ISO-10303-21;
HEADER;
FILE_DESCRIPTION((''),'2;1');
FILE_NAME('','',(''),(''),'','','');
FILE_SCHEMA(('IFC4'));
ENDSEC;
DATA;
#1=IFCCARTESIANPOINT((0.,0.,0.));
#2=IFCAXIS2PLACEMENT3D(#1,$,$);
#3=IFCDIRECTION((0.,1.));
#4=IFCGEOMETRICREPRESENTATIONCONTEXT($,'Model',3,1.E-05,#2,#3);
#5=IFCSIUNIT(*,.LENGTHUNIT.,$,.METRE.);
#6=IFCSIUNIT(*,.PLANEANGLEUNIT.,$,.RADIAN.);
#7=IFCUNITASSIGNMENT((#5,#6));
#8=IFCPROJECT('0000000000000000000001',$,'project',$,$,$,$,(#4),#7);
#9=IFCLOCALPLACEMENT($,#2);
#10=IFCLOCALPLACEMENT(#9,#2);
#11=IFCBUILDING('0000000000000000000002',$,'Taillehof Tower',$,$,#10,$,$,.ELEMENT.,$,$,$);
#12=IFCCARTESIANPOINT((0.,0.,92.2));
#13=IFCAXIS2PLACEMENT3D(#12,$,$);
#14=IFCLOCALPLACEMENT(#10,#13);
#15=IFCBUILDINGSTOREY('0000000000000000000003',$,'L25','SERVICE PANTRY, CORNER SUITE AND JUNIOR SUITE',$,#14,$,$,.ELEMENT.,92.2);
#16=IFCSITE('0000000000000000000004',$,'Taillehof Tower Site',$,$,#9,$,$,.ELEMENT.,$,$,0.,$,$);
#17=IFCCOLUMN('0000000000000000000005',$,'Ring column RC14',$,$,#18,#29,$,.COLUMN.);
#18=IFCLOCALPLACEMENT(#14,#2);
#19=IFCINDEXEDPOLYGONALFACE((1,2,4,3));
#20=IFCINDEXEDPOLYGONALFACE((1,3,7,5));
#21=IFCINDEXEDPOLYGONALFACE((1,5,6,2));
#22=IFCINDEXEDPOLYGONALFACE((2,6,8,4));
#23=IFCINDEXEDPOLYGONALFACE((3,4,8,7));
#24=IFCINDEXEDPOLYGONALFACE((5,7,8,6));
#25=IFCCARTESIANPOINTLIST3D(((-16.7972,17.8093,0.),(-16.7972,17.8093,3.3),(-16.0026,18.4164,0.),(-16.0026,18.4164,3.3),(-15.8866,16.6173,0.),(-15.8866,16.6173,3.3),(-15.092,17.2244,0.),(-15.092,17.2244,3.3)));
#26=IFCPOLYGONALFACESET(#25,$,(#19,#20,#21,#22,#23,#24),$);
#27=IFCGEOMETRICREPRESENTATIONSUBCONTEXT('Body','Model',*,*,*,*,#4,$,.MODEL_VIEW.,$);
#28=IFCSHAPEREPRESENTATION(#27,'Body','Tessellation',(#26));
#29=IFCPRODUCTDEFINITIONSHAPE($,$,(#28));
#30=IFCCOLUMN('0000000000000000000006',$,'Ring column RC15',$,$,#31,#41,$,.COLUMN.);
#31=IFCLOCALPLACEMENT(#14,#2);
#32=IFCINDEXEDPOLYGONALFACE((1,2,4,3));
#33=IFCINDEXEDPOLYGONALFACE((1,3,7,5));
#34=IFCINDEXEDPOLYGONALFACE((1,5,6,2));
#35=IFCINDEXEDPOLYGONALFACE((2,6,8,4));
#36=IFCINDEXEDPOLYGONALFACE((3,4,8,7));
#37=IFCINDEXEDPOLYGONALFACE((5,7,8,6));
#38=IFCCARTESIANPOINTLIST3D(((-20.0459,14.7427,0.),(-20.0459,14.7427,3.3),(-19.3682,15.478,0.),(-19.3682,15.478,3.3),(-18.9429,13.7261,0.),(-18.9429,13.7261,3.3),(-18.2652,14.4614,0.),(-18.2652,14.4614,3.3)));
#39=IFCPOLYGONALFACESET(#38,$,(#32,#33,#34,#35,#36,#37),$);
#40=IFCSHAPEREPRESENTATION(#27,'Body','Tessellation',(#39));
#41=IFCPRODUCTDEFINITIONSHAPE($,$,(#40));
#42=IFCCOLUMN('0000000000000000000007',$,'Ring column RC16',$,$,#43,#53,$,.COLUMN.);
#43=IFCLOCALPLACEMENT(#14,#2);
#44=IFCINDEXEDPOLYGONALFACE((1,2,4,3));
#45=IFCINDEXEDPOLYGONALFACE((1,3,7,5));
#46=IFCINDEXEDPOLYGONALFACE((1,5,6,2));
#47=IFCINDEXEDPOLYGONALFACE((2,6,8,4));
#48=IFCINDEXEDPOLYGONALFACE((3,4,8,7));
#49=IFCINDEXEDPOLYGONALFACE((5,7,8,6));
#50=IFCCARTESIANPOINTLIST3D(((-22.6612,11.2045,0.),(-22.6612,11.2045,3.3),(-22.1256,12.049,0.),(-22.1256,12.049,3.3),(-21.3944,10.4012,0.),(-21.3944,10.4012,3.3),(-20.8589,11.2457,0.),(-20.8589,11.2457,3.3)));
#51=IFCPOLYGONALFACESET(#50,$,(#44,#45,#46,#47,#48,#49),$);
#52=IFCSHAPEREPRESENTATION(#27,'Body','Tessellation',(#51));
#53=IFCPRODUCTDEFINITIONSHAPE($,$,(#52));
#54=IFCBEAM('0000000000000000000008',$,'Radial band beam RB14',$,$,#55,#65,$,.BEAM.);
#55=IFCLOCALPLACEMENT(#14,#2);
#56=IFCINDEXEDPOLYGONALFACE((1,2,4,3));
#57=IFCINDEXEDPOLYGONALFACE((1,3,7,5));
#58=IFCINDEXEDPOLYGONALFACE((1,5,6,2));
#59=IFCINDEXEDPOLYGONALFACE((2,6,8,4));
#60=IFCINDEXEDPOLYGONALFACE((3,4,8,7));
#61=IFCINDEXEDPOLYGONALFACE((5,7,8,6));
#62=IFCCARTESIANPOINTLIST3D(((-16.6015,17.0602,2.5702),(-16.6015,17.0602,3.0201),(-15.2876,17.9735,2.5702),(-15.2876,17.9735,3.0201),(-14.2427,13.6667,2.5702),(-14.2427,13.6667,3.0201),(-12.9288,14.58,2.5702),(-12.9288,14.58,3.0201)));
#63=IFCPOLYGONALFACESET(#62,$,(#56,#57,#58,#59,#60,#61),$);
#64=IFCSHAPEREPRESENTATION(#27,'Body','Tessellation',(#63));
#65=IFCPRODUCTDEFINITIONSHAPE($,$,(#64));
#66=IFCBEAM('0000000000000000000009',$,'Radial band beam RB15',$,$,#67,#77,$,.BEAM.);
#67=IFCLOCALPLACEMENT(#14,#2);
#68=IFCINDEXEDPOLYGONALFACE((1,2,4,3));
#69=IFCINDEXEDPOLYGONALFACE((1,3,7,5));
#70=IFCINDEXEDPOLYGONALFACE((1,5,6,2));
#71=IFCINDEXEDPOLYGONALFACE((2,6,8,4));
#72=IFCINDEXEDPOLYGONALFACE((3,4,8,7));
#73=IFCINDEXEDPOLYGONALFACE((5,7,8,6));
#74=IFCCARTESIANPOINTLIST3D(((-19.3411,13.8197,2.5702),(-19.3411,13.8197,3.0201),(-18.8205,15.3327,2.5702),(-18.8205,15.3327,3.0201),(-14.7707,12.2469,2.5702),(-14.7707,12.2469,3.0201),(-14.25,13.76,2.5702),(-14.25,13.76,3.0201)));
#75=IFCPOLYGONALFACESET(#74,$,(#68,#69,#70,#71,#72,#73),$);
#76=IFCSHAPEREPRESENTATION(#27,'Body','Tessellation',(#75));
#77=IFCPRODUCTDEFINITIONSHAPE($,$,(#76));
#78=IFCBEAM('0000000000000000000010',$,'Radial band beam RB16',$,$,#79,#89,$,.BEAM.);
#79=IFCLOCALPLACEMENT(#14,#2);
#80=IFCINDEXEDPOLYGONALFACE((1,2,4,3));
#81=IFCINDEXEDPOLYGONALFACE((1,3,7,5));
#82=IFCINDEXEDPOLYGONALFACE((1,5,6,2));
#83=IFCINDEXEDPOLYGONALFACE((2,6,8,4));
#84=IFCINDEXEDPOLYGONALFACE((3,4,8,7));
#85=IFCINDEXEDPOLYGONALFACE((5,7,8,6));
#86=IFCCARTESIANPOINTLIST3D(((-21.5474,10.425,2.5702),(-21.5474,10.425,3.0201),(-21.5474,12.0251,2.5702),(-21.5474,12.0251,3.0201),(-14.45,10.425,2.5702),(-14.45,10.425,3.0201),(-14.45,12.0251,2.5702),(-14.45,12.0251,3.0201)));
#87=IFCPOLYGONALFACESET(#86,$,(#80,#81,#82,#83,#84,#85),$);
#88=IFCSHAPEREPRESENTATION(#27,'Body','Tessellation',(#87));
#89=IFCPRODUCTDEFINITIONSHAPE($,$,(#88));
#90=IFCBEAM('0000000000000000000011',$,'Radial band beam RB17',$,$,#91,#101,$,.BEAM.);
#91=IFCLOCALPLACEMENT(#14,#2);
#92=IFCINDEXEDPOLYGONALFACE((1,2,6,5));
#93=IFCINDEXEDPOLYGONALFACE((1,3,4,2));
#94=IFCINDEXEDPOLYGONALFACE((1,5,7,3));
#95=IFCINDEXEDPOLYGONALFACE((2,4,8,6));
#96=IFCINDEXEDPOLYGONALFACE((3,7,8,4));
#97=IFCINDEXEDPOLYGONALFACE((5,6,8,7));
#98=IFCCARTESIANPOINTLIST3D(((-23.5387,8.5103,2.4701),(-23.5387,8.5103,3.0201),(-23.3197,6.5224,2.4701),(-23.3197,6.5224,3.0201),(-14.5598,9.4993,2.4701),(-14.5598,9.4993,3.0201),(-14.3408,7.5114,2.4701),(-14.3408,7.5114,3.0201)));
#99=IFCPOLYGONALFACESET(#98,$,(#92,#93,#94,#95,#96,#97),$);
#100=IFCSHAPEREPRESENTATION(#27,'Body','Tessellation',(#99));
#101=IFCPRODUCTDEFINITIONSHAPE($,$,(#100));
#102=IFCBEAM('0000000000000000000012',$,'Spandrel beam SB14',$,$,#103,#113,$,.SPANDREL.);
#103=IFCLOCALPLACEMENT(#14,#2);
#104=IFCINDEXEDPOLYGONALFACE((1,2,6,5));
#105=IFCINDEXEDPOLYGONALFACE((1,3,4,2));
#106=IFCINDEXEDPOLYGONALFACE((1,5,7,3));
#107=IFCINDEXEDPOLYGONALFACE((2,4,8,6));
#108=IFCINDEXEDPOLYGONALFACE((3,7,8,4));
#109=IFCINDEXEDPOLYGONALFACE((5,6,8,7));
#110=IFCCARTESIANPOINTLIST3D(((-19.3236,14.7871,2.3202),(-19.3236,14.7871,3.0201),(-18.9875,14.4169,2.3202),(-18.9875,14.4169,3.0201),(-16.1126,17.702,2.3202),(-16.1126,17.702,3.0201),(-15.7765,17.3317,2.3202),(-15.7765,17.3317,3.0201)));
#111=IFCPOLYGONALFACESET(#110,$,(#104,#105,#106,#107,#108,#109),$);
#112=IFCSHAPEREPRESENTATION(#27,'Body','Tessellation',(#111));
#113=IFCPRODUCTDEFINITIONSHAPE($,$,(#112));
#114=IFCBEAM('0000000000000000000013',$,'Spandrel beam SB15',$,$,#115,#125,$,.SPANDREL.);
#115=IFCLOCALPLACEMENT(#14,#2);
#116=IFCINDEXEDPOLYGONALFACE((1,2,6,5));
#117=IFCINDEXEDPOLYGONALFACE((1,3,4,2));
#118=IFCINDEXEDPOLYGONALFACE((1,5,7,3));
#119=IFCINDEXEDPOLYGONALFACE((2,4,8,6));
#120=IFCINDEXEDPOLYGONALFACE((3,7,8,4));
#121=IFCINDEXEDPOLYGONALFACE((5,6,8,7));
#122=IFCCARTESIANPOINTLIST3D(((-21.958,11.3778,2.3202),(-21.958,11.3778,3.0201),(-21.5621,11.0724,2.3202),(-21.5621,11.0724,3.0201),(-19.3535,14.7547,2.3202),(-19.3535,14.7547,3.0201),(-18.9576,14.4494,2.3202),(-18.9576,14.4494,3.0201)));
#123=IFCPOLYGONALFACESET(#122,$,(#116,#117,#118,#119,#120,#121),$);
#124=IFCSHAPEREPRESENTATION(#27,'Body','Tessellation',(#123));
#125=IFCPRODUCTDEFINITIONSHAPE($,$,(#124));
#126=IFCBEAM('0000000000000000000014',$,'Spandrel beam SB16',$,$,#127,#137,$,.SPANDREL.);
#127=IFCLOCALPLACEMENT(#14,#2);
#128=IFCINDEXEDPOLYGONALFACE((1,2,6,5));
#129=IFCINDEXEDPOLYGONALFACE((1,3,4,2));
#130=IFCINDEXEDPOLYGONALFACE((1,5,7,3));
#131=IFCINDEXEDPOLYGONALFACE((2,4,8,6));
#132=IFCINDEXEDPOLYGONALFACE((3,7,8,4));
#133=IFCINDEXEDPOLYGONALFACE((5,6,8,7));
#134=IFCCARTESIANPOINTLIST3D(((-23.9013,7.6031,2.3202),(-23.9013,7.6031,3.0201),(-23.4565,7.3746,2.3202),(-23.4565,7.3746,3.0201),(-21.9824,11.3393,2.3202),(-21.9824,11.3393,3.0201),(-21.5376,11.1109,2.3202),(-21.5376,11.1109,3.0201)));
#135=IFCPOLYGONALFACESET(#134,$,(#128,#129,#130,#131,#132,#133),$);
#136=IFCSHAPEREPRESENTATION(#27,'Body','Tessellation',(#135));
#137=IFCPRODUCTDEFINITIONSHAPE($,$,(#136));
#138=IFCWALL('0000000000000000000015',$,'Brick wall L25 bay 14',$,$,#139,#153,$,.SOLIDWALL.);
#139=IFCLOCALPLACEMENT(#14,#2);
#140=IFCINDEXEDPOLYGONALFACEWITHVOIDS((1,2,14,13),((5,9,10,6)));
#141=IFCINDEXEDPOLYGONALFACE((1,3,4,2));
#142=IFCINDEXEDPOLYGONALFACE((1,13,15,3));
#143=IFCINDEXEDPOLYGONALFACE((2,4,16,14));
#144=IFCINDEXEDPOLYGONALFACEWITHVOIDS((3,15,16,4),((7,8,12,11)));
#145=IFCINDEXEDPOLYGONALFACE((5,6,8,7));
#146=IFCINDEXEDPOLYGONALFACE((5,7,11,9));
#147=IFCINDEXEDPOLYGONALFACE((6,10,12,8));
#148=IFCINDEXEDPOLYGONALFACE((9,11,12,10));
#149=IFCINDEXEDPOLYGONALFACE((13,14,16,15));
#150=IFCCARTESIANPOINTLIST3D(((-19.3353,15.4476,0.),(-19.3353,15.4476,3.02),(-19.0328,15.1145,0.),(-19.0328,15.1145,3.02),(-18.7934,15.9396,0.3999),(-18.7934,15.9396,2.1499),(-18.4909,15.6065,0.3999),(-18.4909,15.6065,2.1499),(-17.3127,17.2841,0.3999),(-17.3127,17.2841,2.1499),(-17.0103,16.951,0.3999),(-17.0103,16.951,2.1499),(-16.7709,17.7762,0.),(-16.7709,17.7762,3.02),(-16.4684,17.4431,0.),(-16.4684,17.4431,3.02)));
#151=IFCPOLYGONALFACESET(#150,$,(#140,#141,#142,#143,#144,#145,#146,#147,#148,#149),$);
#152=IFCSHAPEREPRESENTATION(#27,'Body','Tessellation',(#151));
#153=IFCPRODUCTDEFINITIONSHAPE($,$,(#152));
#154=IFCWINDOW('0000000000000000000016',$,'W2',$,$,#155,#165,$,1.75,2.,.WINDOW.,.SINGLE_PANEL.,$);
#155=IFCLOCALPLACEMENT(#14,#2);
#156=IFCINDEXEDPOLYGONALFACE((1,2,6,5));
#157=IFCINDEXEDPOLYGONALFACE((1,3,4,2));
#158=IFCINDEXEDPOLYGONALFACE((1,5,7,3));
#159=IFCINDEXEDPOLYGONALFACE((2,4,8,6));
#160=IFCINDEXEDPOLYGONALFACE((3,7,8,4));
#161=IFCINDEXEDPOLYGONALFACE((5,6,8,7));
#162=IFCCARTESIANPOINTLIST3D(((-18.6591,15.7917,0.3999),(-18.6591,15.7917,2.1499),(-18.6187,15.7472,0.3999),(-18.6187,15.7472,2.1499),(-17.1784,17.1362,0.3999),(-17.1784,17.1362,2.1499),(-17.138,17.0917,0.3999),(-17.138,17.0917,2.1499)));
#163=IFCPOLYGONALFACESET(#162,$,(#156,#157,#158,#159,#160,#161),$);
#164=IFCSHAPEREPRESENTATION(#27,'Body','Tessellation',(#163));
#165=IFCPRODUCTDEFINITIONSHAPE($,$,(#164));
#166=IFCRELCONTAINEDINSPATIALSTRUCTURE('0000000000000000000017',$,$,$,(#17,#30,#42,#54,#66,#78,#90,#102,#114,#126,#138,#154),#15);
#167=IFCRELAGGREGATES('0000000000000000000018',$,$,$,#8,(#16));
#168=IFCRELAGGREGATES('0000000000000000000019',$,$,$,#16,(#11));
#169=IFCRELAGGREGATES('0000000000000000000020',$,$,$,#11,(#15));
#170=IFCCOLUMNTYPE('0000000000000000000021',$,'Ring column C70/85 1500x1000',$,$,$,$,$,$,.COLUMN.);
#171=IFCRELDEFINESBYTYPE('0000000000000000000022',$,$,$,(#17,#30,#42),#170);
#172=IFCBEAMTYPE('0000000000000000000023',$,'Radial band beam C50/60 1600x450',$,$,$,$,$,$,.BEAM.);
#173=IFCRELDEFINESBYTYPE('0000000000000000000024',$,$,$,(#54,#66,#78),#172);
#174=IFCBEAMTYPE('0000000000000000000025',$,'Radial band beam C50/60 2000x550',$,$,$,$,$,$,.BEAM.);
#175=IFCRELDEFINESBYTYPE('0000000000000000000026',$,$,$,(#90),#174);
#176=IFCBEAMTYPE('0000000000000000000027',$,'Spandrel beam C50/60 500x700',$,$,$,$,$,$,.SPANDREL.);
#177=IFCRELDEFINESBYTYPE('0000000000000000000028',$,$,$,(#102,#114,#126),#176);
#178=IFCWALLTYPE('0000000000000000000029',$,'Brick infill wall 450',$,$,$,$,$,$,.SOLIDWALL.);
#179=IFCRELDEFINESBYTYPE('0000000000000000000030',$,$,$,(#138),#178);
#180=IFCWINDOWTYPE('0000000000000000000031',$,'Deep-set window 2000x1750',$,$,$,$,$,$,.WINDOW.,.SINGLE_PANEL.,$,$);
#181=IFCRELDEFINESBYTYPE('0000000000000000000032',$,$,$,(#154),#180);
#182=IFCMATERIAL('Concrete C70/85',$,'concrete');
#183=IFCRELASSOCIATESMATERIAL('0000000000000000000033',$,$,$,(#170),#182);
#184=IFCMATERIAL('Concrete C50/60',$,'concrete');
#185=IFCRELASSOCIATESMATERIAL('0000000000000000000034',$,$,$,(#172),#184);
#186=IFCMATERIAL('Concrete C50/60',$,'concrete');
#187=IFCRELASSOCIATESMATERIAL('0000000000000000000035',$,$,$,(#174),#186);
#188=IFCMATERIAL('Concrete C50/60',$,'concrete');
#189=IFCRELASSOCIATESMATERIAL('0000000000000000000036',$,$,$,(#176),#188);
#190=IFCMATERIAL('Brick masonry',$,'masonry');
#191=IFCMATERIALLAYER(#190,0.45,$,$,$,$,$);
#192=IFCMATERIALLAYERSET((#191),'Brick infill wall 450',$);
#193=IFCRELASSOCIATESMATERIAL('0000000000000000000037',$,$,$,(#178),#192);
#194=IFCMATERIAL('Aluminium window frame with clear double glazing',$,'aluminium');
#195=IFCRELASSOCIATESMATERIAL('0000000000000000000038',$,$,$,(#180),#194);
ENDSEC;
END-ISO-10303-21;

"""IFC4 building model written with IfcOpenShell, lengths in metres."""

from ifc_helpers import new_model, si_unit, direction, frame, frame_2d, origin, origin_2d, place, context, subcontext, project, spatial, rectangle, extrude, material, layer, layer_set, material_profile, profile_set, type_object, element, fill, save


model = new_model("IFC4")

# Units and contexts
model_context = context("Model", 3, precision=1e-05, world=origin(), true_north=direction((0.0, 1.0)))
body_context = subcontext(model_context, "Body", "Model", "MODEL_VIEW")
ifc_project = project(units=[si_unit("LENGTHUNIT", "METRE"), si_unit("PLANEANGLEUNIT", "RADIAN")], contexts=[model_context])

# Site, building, storey
site_placement = place(None, origin())
site = spatial("IfcSite", under=ifc_project, at=site_placement, Name="Taillehof Tower Site", CompositionType="ELEMENT", RefElevation=0.0)
building_placement = place(site_placement, origin())
building = spatial("IfcBuilding", under=site, at=building_placement, Name="Taillehof Tower", CompositionType="ELEMENT")
storey_placement = place(building_placement, frame((0.0, 0.0, 92.2)))
storey = spatial("IfcBuildingStorey", under=building, at=storey_placement, Name="L25", Description="SERVICE PANTRY, CORNER SUITE AND JUNIOR SUITE", CompositionType="ELEMENT", Elevation=92.2)

# Columns
ifc_material_1 = material(Name="Concrete C70/85", Category="concrete")
ifc_material_profile_1 = material_profile(ifc_material_1, rectangle(XDim=1.5, YDim=1.0, at=origin_2d()), Name="RC 1500x1000")
ifc_profile_set_1 = profile_set([ifc_material_profile_1], Name="Concrete C70/85")
column_type = type_object("IfcColumnType", Name="Ring column C70/85 1500x1000", PredefinedType="COLUMN", material=ifc_profile_set_1)
for number, where, z_axis, x_axis, name in (
    (1, (-15.9446, 17.5168, 0.0), (0.0, 0.0, 1.0), (-0.607074, 0.794645, 0.0), "Ring column RC14"),
    (2, (-19.1555, 14.6021, 0.0), (0.0, 0.0, 1.0), (-0.735332, 0.677707, 0.0), "Ring column RC15"),
    (3, (-21.76, 11.2251, 0.0), (0.0, 0.0, 1.0), (-0.844511, 0.535537, 0.0), "Ring column RC16"),
):
    element("IfcColumn", number, at=place(storey_placement, frame(where, z_axis=z_axis, x_axis=x_axis)), inside=storey, type_object=column_type, Name=name, PredefinedType="COLUMN", context=body_context, shape_type="SweptSolid", body=[
        extrude(rectangle(XDim=1.5, YDim=1.0, at=origin_2d()), origin(), (0.0, 0.0, 1.0), 3.3),
    ])

# Beams
ifc_material_2 = material(Name="Concrete C50/60", Category="concrete")
ifc_material_profile_2 = material_profile(ifc_material_2, rectangle(XDim=1.6001, YDim=0.45, at=origin_2d()), Name="RC 1600x450")
ifc_profile_set_2 = profile_set([ifc_material_profile_2], Name="Concrete C50/60")
beam_type_1 = type_object("IfcBeamType", Name="Radial band beam C50/60 1600x450", PredefinedType="BEAM", material=ifc_profile_set_2)
beam_1_placement = place(storey_placement, frame((-15.9446, 17.5168, 2.7952), z_axis=(0.570763, -0.821115, 0.0), x_axis=(0.821115, 0.570763, 0.0)))
element("IfcBeam", 4, at=beam_1_placement, inside=storey, type_object=beam_type_1, Name="Radial band beam RB14", PredefinedType="BEAM", context=body_context, shape_type="SweptSolid", body=[
    extrude(rectangle(XDim=1.6001, YDim=0.45, at=origin_2d()), origin(), (0.0, 0.0, 1.0), 4.1328),
])
beam_2_placement = place(storey_placement, frame((-19.0808, 14.5762, 2.7952), z_axis=(0.945583, -0.32538, 0.0), x_axis=(0.32538, 0.945583, 0.0)))
element("IfcBeam", 5, at=beam_2_placement, inside=storey, type_object=beam_type_1, Name="Radial band beam RB15", PredefinedType="BEAM", context=body_context, shape_type="SweptSolid", body=[
    extrude(rectangle(XDim=1.6001, YDim=0.45, at=origin_2d()), origin(), (0.0, 0.0, 1.0), 4.8335),
])
beam_3_placement = place(storey_placement, frame((-21.5474, 11.2251, 2.7952), z_axis=(1.0, 0.0, 0.0), x_axis=(0.0, 1.0, 0.0)))
element("IfcBeam", 6, at=beam_3_placement, inside=storey, type_object=beam_type_1, Name="Radial band beam RB16", PredefinedType="BEAM", context=body_context, shape_type="SweptSolid", body=[
    extrude(rectangle(XDim=1.6001, YDim=0.45, at=origin_2d()), origin(), (0.0, 0.0, 1.0), 7.0974),
])
ifc_material_3 = material(Name="Concrete C50/60", Category="concrete")
ifc_material_profile_3 = material_profile(ifc_material_3, rectangle(XDim=2.0, YDim=0.55, at=origin_2d()), Name="RC 2000x550")
ifc_profile_set_3 = profile_set([ifc_material_profile_3], Name="Concrete C50/60")
beam_type_2 = type_object("IfcBeamType", Name="Radial band beam C50/60 2000x550", PredefinedType="BEAM", material=ifc_profile_set_3)
beam_4_placement = place(storey_placement, frame((-23.4292, 7.5164, 2.7451), z_axis=(0.993988, 0.109485, 0.0), x_axis=(-0.109485, 0.993988, 0.0)))
element("IfcBeam", 7, at=beam_4_placement, inside=storey, type_object=beam_type_2, Name="Radial band beam RB17", PredefinedType="BEAM", context=body_context, shape_type="SweptSolid", body=[
    extrude(rectangle(XDim=2.0, YDim=0.55, at=origin_2d()), origin(), (0.0, 0.0, 1.0), 9.0332),
])
ifc_material_4 = material(Name="Concrete C50/60", Category="concrete")
ifc_material_profile_4 = material_profile(ifc_material_4, rectangle(XDim=0.5, YDim=0.7, at=origin_2d()), Name="RC 500x700")
ifc_profile_set_4 = profile_set([ifc_material_profile_4], Name="Concrete C50/60")
beam_type_3 = type_object("IfcBeamType", Name="Spandrel beam C50/60 500x700", PredefinedType="SPANDREL", material=ifc_profile_set_4)
beam_5_placement = place(storey_placement, frame((-15.9446, 17.5168, 2.6702), z_axis=(-0.740426, -0.672137, 0.0), x_axis=(0.672137, -0.740426, 0.0)))
element("IfcBeam", 8, at=beam_5_placement, inside=storey, type_object=beam_type_3, Name="Spandrel beam SB14", PredefinedType="SPANDREL", context=body_context, shape_type="SweptSolid", body=[
    extrude(rectangle(XDim=0.5, YDim=0.7, at=origin_2d()), origin(), (0.0, 0.0, 1.0), 4.3367),
])
beam_6_placement = place(storey_placement, frame((-19.1555, 14.6021, 2.6702), z_axis=(-0.610717, -0.791849, 0.0), x_axis=(0.791849, -0.610717, 0.0)))
element("IfcBeam", 9, at=beam_6_placement, inside=storey, type_object=beam_type_3, Name="Spandrel beam SB15", PredefinedType="SPANDREL", context=body_context, shape_type="SweptSolid", body=[
    extrude(rectangle(XDim=0.5, YDim=0.7, at=origin_2d()), origin(), (0.0, 0.0, 1.0), 4.2646),
])
beam_7_placement = place(storey_placement, frame((-21.76, 11.2251, 2.6702), z_axis=(-0.456859, -0.889539, 0.0), x_axis=(0.889539, -0.456859, 0.0)))
element("IfcBeam", 10, at=beam_7_placement, inside=storey, type_object=beam_type_3, Name="Spandrel beam SB16", PredefinedType="SPANDREL", context=body_context, shape_type="SweptSolid", body=[
    extrude(rectangle(XDim=0.5, YDim=0.7, at=origin_2d()), origin(), (0.0, 0.0, 1.0), 4.2002),
])

# Wall, opening, window
ifc_material_5 = material(Name="Brick masonry", Category="masonry")
ifc_layer_1 = layer(ifc_material_5, 0.45)
ifc_layer_set_1 = layer_set([ifc_layer_1], Name="Brick infill wall 450")
wall_type_1 = type_object("IfcWallType", Name="Brick infill wall 450", PredefinedType="SOLIDWALL", material=ifc_layer_set_1)
wall_1_placement = place(storey_placement, frame((-16.6196, 17.6096, 0.0), z_axis=(0.0, 0.0, 1.0), x_axis=(-0.740329, -0.672245, 0.0)))
wall_1 = element("IfcWall", 11, at=wall_1_placement, inside=storey, type_object=wall_type_1, Name="Brick wall L25 bay 14", PredefinedType="SOLIDWALL", context=body_context, shape_type="SweptSolid", body=[
    extrude(rectangle(XDim=3.4639, YDim=0.45, at=frame_2d((1.7319, 0.0))), origin(), (0.0, 0.0, 1.0), 3.02),
])
opening_1_placement = place(wall_1_placement, frame((0.7319, 0.0, 0.3999)))
opening_1 = element("IfcOpeningElement", 12, at=opening_1_placement, cuts=wall_1, PredefinedType="OPENING", context=body_context, shape_type="SweptSolid", body=[
    extrude(rectangle(XDim=2.0, YDim=1.75, at=frame_2d((1.0, 0.875))), frame((0.0, 0.2349, 0.0), z_axis=(0.0, -1.0, 0.0), x_axis=(1.0, 0.0, 0.0)), (0.0, 0.0, 1.0), 0.47),
])
ifc_material_6 = material(Name="Aluminium window frame with clear double glazing", Category="aluminium")
window_type = type_object("IfcWindowType", Name="Deep-set window 2000x1750", PartitioningType="SINGLE_PANEL", PredefinedType="WINDOW", material=ifc_material_6)
window_1_placement = place(opening_1_placement, origin())
window_1 = element("IfcWindow", 13, at=window_1_placement, inside=storey, type_object=window_type, Name="W2", OverallHeight=1.75, OverallWidth=2.0, PartitioningType="SINGLE_PANEL", PredefinedType="WINDOW", context=body_context, shape_type="SweptSolid", body=[
    extrude(rectangle(XDim=2.0, YDim=1.75, at=frame_2d((1.0, 0.875))), frame((0.0, 0.0349, 0.0), z_axis=(0.0, -1.0, 0.0), x_axis=(1.0, 0.0, 0.0)), (0.0, 0.0, 1.0), 0.0601),
])
fill(opening_1, window_1)

save(model, "model.ifc")
